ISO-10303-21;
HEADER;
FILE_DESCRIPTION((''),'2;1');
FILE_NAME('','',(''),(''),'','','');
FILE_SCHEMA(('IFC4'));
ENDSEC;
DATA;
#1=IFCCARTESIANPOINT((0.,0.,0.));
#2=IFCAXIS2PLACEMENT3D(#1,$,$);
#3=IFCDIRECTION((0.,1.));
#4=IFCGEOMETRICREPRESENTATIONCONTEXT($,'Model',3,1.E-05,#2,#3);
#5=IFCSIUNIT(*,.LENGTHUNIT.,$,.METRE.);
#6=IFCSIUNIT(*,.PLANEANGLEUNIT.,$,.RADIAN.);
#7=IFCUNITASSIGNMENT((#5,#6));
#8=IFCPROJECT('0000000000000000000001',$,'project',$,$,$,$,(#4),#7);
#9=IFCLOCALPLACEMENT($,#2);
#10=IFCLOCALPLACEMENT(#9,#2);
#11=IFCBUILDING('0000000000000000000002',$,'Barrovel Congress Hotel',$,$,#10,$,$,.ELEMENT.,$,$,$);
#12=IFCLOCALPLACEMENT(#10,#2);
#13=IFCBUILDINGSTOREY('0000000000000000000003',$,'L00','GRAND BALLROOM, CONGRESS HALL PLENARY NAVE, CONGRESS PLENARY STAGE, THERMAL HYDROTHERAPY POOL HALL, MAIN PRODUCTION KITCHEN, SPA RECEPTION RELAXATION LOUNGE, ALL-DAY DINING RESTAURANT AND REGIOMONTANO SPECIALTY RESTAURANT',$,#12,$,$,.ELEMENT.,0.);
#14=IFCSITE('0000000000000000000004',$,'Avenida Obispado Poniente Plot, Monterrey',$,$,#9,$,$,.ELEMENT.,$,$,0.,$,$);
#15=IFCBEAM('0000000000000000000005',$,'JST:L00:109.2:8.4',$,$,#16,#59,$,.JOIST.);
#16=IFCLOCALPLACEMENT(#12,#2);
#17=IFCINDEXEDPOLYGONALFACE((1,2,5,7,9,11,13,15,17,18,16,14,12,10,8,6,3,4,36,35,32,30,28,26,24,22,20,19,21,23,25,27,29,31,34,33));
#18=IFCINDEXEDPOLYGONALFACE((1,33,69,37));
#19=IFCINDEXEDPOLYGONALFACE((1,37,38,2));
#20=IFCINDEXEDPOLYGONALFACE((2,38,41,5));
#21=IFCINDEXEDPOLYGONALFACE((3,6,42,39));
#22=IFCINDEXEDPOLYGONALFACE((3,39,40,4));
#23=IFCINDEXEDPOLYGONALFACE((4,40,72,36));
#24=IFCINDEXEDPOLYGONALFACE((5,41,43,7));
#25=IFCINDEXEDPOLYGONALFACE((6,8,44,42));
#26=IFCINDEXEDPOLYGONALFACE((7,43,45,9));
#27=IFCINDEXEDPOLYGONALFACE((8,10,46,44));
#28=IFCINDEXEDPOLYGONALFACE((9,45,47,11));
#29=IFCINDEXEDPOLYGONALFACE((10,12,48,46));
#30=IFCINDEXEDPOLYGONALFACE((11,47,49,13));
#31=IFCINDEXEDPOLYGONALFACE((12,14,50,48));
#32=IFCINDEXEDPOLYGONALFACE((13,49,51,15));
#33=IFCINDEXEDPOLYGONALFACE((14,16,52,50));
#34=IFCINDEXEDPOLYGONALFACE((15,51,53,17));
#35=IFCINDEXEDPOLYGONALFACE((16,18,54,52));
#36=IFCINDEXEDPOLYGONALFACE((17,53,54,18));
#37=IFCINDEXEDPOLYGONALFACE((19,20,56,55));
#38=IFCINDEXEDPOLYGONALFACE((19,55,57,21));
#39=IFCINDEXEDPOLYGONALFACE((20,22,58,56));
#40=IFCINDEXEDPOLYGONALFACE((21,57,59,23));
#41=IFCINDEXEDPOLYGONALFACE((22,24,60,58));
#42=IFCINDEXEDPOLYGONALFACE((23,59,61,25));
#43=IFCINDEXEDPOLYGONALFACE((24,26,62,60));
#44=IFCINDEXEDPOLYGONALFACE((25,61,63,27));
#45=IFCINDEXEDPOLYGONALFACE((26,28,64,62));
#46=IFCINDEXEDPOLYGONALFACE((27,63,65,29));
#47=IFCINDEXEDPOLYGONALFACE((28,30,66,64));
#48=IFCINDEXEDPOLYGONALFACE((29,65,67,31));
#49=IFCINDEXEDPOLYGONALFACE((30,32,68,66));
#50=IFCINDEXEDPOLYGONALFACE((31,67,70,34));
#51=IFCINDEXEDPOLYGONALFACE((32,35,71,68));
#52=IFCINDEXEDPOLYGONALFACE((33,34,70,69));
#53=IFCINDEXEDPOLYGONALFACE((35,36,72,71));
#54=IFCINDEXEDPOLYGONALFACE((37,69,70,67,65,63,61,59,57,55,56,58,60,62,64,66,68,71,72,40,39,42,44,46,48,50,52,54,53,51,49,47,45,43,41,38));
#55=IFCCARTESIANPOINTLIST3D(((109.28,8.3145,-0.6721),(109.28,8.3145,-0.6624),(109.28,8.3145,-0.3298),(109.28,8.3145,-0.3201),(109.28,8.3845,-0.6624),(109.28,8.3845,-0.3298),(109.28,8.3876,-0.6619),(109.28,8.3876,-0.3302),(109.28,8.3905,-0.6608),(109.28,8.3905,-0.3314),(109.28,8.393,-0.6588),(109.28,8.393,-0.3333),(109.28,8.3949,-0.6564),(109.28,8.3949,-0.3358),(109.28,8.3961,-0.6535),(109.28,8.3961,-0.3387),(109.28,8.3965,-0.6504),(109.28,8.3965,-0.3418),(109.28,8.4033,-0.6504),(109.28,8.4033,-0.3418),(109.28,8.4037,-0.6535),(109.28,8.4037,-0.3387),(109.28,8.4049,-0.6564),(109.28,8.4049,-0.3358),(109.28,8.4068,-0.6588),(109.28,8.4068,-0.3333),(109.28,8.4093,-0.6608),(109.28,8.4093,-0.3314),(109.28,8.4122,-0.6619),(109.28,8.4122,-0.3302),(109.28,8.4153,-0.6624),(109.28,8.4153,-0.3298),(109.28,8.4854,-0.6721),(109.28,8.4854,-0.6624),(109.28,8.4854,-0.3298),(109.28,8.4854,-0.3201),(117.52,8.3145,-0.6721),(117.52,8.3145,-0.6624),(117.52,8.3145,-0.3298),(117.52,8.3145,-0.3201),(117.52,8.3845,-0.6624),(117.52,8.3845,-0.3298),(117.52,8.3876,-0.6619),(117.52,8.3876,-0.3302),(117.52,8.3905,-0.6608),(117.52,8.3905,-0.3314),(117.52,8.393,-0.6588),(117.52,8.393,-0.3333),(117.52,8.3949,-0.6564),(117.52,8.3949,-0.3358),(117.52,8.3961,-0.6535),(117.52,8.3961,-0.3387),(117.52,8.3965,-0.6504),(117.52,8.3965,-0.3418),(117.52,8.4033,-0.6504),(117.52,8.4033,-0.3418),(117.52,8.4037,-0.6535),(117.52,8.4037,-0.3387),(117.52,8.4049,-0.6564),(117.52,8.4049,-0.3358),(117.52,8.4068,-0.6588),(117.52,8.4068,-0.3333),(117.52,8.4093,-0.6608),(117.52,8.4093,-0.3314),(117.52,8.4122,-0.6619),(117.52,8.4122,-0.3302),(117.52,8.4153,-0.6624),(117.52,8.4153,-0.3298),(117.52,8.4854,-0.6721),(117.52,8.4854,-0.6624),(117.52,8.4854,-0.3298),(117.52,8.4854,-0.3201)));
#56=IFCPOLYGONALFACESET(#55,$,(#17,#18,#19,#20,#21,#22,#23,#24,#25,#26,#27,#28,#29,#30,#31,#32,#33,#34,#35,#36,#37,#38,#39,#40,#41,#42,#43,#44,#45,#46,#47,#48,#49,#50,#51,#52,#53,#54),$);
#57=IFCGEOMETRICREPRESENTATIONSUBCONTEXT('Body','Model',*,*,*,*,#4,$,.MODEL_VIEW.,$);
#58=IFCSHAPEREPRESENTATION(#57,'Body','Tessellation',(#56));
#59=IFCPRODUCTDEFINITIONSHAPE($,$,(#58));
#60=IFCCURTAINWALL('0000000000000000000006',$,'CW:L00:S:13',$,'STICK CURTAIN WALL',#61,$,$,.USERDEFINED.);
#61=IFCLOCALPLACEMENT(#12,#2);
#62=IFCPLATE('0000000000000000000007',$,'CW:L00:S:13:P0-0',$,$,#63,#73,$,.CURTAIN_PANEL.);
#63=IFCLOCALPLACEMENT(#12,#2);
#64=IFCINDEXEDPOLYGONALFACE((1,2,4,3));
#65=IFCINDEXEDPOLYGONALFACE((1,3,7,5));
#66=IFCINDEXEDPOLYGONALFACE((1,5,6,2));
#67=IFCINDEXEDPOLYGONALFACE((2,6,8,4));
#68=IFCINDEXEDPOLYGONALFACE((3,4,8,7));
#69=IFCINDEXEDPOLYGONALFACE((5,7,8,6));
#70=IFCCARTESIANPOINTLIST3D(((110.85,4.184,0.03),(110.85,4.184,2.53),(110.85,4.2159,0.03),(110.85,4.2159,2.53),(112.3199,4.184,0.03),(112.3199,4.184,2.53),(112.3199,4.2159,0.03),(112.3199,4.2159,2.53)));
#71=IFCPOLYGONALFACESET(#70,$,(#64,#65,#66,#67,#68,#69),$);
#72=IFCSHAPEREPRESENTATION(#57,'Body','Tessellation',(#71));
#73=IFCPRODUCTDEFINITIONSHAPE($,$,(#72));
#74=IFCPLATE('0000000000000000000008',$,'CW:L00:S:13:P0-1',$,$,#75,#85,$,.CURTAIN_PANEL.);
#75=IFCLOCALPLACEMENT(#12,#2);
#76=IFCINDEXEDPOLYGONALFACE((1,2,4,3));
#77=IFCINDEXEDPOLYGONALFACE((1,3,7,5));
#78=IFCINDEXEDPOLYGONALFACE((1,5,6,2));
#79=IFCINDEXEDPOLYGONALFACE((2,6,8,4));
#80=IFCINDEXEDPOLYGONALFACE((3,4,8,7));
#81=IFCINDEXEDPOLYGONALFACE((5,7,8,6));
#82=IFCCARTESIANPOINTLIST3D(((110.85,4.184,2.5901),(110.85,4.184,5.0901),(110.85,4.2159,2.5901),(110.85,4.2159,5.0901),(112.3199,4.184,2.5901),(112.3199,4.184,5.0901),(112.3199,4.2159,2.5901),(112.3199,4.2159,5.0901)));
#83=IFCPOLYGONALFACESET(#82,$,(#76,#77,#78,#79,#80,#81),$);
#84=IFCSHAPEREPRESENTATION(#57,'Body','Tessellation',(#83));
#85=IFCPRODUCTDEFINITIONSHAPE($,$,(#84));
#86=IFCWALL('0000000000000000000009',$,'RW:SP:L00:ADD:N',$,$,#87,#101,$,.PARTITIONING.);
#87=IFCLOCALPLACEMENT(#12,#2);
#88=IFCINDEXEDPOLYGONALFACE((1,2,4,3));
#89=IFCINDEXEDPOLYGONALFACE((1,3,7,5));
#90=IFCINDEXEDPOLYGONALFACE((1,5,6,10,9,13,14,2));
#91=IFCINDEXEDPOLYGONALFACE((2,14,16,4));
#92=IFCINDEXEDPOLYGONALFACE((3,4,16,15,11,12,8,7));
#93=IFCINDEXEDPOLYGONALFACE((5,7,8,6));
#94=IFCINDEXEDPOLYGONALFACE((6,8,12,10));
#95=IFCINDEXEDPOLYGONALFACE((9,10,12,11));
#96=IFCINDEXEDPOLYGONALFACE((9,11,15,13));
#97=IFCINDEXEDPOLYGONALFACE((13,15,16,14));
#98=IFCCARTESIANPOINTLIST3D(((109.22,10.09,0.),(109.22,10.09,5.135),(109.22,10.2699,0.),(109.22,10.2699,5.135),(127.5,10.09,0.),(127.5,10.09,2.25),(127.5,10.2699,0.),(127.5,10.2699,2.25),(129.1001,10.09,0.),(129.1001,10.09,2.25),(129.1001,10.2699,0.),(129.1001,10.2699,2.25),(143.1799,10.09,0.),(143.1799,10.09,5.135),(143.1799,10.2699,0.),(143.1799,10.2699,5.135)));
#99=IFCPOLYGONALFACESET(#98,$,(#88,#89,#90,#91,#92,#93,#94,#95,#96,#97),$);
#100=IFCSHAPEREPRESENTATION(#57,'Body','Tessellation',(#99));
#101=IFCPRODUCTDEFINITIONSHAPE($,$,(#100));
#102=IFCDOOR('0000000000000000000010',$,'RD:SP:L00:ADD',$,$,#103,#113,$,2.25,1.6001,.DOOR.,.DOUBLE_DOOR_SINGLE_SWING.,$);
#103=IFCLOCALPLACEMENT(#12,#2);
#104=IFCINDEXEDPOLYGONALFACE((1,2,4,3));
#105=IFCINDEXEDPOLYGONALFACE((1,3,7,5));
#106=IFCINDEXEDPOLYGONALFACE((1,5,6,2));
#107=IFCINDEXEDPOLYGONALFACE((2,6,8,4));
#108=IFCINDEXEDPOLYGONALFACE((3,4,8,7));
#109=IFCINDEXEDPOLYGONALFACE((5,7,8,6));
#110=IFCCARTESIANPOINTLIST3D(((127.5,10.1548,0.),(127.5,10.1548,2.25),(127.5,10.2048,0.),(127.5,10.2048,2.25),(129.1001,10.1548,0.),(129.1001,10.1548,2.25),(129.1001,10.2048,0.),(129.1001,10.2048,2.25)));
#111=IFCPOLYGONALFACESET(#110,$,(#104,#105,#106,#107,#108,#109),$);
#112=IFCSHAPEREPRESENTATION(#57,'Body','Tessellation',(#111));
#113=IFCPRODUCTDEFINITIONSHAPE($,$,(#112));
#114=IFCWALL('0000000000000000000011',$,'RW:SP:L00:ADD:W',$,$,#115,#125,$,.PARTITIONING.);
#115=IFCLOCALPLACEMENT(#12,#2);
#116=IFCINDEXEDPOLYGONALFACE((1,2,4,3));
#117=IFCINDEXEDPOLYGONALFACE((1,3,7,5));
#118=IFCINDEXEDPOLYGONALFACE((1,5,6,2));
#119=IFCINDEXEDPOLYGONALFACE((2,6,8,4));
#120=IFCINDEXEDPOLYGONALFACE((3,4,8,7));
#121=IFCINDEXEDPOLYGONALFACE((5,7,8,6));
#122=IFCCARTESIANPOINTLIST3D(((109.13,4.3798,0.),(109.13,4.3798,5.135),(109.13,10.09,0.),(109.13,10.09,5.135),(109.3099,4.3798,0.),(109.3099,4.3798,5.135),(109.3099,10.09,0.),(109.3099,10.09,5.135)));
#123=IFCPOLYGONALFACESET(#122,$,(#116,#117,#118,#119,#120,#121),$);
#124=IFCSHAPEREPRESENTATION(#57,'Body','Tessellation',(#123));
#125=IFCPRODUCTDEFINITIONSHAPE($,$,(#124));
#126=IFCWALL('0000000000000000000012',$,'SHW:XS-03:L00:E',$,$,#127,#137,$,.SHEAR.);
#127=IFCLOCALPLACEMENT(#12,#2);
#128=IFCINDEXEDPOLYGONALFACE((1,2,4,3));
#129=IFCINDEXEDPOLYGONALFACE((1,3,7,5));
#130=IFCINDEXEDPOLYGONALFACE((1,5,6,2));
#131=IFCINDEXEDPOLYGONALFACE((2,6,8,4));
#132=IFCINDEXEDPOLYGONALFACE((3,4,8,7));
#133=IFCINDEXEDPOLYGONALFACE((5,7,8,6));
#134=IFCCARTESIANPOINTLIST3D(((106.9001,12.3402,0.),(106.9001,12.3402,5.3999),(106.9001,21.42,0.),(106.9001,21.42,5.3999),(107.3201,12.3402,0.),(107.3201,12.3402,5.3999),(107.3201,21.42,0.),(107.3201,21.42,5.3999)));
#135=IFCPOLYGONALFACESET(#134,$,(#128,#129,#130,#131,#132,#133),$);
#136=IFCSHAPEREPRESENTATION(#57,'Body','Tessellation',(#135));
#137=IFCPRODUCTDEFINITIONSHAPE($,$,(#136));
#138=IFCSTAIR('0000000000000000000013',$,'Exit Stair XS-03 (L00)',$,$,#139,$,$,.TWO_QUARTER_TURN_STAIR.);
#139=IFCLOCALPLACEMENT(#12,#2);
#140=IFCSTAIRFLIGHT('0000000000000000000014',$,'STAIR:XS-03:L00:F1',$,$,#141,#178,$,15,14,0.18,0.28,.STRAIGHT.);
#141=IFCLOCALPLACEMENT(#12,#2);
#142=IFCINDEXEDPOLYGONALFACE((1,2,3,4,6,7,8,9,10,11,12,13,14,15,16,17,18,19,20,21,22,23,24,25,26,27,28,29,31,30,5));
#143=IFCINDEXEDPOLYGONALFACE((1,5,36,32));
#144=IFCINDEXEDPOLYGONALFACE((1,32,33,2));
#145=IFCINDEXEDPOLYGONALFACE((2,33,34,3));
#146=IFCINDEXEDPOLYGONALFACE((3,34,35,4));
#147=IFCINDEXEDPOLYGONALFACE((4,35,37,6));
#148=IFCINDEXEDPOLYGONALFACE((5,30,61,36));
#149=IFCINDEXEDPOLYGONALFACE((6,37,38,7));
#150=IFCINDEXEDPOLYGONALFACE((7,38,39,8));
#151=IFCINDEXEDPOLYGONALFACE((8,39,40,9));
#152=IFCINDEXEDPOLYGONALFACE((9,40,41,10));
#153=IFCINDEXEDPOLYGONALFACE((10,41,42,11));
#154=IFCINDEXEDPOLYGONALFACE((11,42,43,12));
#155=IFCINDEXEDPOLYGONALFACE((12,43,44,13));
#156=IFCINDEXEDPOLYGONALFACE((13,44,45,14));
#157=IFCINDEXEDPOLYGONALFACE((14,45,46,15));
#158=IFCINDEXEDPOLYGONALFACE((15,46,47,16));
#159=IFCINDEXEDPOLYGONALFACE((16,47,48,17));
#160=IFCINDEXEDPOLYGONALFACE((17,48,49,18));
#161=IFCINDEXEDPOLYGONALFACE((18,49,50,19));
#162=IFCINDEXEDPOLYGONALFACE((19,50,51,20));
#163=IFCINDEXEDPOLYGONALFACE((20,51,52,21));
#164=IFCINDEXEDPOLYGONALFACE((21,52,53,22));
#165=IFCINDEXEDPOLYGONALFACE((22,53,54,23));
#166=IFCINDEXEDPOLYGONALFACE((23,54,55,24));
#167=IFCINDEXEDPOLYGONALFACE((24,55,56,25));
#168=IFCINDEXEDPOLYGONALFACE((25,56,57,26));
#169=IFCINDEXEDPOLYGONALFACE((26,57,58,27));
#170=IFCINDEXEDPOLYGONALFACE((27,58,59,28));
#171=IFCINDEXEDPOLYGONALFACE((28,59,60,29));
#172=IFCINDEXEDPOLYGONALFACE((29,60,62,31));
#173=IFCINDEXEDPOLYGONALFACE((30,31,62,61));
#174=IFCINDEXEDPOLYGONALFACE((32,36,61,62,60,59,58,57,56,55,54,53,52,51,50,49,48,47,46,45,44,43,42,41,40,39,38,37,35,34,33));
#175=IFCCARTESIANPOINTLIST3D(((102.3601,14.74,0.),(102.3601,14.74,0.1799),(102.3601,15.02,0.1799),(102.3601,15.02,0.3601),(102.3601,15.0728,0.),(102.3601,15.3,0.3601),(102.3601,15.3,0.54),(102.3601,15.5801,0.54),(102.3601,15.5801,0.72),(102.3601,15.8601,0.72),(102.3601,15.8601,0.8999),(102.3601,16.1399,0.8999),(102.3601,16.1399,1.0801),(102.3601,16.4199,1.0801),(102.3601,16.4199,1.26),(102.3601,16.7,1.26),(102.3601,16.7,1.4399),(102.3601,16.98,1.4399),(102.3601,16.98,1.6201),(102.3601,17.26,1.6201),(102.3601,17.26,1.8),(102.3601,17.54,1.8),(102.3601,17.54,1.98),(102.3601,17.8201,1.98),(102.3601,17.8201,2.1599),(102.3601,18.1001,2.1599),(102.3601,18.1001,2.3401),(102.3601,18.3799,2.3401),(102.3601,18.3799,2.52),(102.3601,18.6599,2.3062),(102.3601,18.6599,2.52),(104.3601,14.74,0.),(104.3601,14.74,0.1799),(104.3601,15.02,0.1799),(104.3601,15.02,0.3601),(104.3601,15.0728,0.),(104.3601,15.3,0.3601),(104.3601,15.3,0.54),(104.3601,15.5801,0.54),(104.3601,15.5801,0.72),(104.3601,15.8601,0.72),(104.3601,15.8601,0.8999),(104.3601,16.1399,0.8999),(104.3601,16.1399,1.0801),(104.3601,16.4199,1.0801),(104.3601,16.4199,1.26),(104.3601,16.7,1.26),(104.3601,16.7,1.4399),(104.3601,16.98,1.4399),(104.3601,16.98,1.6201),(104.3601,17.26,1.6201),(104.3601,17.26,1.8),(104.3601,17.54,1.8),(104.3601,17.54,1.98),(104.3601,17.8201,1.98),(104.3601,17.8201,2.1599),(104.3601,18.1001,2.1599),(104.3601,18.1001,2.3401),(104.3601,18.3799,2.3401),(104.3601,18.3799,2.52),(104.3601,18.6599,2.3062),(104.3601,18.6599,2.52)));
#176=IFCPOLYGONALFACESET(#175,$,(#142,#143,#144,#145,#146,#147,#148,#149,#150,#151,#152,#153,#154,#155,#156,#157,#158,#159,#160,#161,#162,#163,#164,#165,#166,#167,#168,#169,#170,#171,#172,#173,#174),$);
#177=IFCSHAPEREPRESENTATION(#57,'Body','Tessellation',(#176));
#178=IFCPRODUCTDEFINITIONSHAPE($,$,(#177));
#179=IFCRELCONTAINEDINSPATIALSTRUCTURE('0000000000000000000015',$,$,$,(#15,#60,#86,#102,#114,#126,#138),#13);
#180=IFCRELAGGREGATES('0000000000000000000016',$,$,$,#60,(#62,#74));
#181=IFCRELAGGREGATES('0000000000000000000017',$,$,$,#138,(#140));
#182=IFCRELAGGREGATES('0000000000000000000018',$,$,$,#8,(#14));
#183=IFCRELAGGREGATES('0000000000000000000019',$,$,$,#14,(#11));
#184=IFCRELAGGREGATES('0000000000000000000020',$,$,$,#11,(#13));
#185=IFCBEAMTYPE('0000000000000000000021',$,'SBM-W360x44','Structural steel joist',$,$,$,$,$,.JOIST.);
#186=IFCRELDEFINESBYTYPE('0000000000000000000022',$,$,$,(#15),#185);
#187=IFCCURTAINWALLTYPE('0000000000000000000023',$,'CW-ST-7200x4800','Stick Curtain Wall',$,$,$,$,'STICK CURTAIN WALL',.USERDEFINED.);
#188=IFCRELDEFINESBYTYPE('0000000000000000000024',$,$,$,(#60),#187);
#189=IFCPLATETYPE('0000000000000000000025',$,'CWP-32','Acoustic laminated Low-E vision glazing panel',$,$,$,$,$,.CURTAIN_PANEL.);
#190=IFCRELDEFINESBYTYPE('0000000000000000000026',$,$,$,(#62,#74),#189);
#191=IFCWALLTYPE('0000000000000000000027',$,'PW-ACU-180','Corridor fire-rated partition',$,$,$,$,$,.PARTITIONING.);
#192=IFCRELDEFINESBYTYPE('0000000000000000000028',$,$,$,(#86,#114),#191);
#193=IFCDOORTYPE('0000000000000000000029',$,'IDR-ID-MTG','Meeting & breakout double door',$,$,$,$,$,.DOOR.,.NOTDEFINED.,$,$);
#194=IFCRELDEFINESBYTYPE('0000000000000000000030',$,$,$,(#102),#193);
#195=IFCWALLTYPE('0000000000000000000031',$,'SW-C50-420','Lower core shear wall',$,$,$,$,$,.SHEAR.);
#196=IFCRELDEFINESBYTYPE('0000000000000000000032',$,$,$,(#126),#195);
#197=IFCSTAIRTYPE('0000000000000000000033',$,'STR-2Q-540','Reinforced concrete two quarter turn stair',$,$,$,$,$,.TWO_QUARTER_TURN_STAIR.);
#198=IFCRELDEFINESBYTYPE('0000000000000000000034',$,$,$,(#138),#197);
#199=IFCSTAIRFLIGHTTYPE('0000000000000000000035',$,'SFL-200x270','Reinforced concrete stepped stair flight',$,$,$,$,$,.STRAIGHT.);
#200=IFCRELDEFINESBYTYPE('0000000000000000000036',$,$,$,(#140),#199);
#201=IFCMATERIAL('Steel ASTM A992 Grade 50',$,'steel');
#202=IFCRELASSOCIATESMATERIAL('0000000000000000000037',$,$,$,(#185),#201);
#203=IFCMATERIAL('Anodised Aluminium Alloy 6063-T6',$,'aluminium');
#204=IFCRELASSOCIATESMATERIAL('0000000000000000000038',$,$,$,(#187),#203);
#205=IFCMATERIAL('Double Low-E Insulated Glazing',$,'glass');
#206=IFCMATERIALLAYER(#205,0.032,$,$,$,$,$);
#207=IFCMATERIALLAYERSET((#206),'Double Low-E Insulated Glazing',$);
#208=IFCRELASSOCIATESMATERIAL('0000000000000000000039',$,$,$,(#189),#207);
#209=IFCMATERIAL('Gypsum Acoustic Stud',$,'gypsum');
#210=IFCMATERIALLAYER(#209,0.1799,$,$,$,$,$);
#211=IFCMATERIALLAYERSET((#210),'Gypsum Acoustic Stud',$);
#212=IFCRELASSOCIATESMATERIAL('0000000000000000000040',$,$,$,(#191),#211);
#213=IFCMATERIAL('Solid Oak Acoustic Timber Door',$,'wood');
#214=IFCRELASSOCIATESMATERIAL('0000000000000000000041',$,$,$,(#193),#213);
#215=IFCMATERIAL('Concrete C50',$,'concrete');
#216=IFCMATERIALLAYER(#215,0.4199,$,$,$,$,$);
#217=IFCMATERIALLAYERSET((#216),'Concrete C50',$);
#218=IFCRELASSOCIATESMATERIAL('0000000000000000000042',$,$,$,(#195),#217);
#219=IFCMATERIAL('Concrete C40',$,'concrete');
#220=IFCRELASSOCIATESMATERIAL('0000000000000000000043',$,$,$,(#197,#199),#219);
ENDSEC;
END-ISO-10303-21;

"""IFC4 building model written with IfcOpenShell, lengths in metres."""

from ifc_helpers import new_model, si_unit, direction, frame, frame_2d, origin, origin_2d, place, context, subcontext, project, spatial, polyline, rectangle, i_section, outline, extrude, material, layer, layer_set, material_profile, profile_set, type_object, element, fill, aggregate, save


model = new_model("IFC4")

# Units and contexts
model_context = context("Model", 3, precision=1e-05, world=origin(), true_north=direction((0.0, 1.0)))
body_context = subcontext(model_context, "Body", "Model", "MODEL_VIEW")
ifc_project = project(units=[si_unit("LENGTHUNIT", "METRE"), si_unit("PLANEANGLEUNIT", "RADIAN")], contexts=[model_context])

# Site, building, storey
site_placement = place(None, origin())
site = spatial("IfcSite", under=ifc_project, at=site_placement, Name="Avenida Obispado Poniente Plot, Monterrey", CompositionType="ELEMENT", RefElevation=0.0)
building_placement = place(site_placement, origin())
building = spatial("IfcBuilding", under=site, at=building_placement, Name="Barrovel Congress Hotel", CompositionType="ELEMENT")
storey_placement = place(building_placement, origin())
storey = spatial("IfcBuildingStorey", under=building, at=storey_placement, Name="L00", Description="GRAND BALLROOM, CONGRESS HALL PLENARY NAVE, CONGRESS PLENARY STAGE, THERMAL HYDROTHERAPY POOL HALL, MAIN PRODUCTION KITCHEN, SPA RECEPTION RELAXATION LOUNGE, ALL-DAY DINING RESTAURANT AND REGIOMONTANO SPECIALTY RESTAURANT", CompositionType="ELEMENT", Elevation=0.0)

# Shared definitions
ifc_material_1 = material(Name="Concrete C40", Category="concrete")

# Beam
ifc_material_2 = material(Name="Steel ASTM A992 Grade 50", Category="steel")
ifc_material_profile_1 = material_profile(ifc_material_2, i_section(OverallWidth=0.1709, OverallDepth=0.3521, WebThickness=0.0068, FlangeThickness=0.0098, FilletRadius=0.012, at=origin_2d()), Name="W360x44")
ifc_profile_set_1 = profile_set([ifc_material_profile_1], Name="Steel ASTM A992 Grade 50")
beam_type_1 = type_object("IfcBeamType", Name="SBM-W360x44", Description="Structural steel joist", PredefinedType="JOIST", material=ifc_profile_set_1)
beam_1_placement = place(storey_placement, frame((109.28, 8.3999, -0.4961), z_axis=(1.0, 0.0, 0.0), x_axis=(0.0, 1.0, 0.0)))
element("IfcBeam", 1, at=beam_1_placement, inside=storey, type_object=beam_type_1, Name="JST:L00:109.2:8.4", PredefinedType="JOIST", context=body_context, shape_type="SweptSolid", body=[
    extrude(i_section(OverallWidth=0.1709, OverallDepth=0.3521, WebThickness=0.0068, FlangeThickness=0.0098, FilletRadius=0.012, at=origin_2d()), origin(), (0.0, 0.0, 1.0), 8.24),
])

# Curtain wall, plates
ifc_material_3 = material(Name="Anodised Aluminium Alloy 6063-T6", Category="aluminium")
curtain_wall_type = type_object("IfcCurtainWallType", Name="CW-ST-7200x4800", Description="Stick Curtain Wall", ElementType="STICK CURTAIN WALL", PredefinedType="USERDEFINED", material=ifc_material_3)
curtain_wall_placement = place(storey_placement, origin())
curtain_wall = element("IfcCurtainWall", 2, at=curtain_wall_placement, inside=storey, type_object=curtain_wall_type, Name="CW:L00:S:13", ObjectType="STICK CURTAIN WALL", PredefinedType="USERDEFINED")
ifc_material_4 = material(Name="Double Low-E Insulated Glazing", Category="glass")
ifc_layer_1 = layer(ifc_material_4, 0.032)
ifc_layer_set_1 = layer_set([ifc_layer_1], Name="Double Low-E Insulated Glazing")
plate_type = type_object("IfcPlateType", Name="CWP-32", Description="Acoustic laminated Low-E vision glazing panel", PredefinedType="CURTAIN_PANEL", material=ifc_layer_set_1)
plate_1_placement = place(storey_placement, frame((111.585, 4.2, 0.03), z_axis=(0.0, 0.0, 1.0), x_axis=(1.0, 0.0, 0.0)))
plate_1 = element("IfcPlate", 3, at=plate_1_placement, type_object=plate_type, Name="CW:L00:S:13:P0-0", PredefinedType="CURTAIN_PANEL", context=body_context, shape_type="SweptSolid", body=[
    extrude(rectangle(XDim=1.47, YDim=0.032, at=origin_2d()), origin(), (0.0, 0.0, 1.0), 2.5),
])
plate_2_placement = place(storey_placement, frame((111.585, 4.2, 2.5901), z_axis=(0.0, 0.0, 1.0), x_axis=(1.0, 0.0, 0.0)))
plate_2 = element("IfcPlate", 4, at=plate_2_placement, type_object=plate_type, Name="CW:L00:S:13:P0-1", PredefinedType="CURTAIN_PANEL", context=body_context, shape_type="SweptSolid", body=[
    extrude(rectangle(XDim=1.47, YDim=0.032, at=origin_2d()), origin(), (0.0, 0.0, 1.0), 2.5),
])
aggregate(curtain_wall, [plate_1, plate_2])

# Wall, opening, door
ifc_material_5 = material(Name="Gypsum Acoustic Stud", Category="gypsum")
ifc_layer_2 = layer(ifc_material_5, 0.1799)
ifc_layer_set_2 = layer_set([ifc_layer_2], Name="Gypsum Acoustic Stud")
wall_type_1 = type_object("IfcWallType", Name="PW-ACU-180", Description="Corridor fire-rated partition", PredefinedType="PARTITIONING", material=ifc_layer_set_2)
wall_1_placement = place(storey_placement, frame((109.22, 10.1799, 0.0), z_axis=(0.0, 0.0, 1.0), x_axis=(1.0, 0.0, 0.0)))
wall_1 = element("IfcWall", 5, at=wall_1_placement, inside=storey, type_object=wall_type_1, Name="RW:SP:L00:ADD:N", PredefinedType="PARTITIONING", context=body_context, shape_type="SweptSolid", body=[
    extrude(rectangle(XDim=33.96, YDim=0.1799, at=frame_2d((16.98, 0.0))), origin(), (0.0, 0.0, 1.0), 5.135),
])
opening_1_placement = place(wall_1_placement, frame((18.28, 0.0, 0.0)))
opening_1 = element("IfcOpeningElement", 6, at=opening_1_placement, cuts=wall_1, PredefinedType="OPENING", context=body_context, shape_type="SweptSolid", body=[
    extrude(rectangle(XDim=1.6001, YDim=2.25, at=frame_2d((0.8, 1.125))), frame((0.0, 0.1001, 0.0), z_axis=(0.0, -1.0, 0.0), x_axis=(1.0, 0.0, 0.0)), (0.0, 0.0, 1.0), 0.2),
])
ifc_material_6 = material(Name="Solid Oak Acoustic Timber Door", Category="wood")
door_type_1 = type_object("IfcDoorType", Name="IDR-ID-MTG", Description="Meeting & breakout double door", OperationType="NOTDEFINED", PredefinedType="DOOR", material=ifc_material_6)
door_1_placement = place(opening_1_placement, origin())
door_1 = element("IfcDoor", 7, at=door_1_placement, inside=storey, type_object=door_type_1, Name="RD:SP:L00:ADD", OperationType="DOUBLE_DOOR_SINGLE_SWING", OverallHeight=2.25, OverallWidth=1.6001, PredefinedType="DOOR", context=body_context, shape_type="SweptSolid", body=[
    extrude(rectangle(XDim=1.6001, YDim=2.25, at=frame_2d((0.8, 1.125))), frame((0.0, 0.0249, 0.0), z_axis=(0.0, -1.0, 0.0), x_axis=(1.0, 0.0, 0.0)), (0.0, 0.0, 1.0), 0.05),
])
fill(opening_1, door_1)

# Wall
wall_2_placement = place(storey_placement, frame((109.22, 4.3799, 0.0), z_axis=(0.0, 0.0, 1.0), x_axis=(0.0, 1.0, 0.0)))
element("IfcWall", 8, at=wall_2_placement, inside=storey, type_object=wall_type_1, Name="RW:SP:L00:ADD:W", PredefinedType="PARTITIONING", context=body_context, shape_type="SweptSolid", body=[
    extrude(rectangle(XDim=5.7102, YDim=0.1799, at=frame_2d((2.855, 0.0))), origin(), (0.0, 0.0, 1.0), 5.135),
])

# Shared definitions
ifc_material_7 = material(Name="Concrete C50", Category="concrete")
ifc_layer_3 = layer(ifc_material_7, 0.4199)
ifc_layer_set_3 = layer_set([ifc_layer_3], Name="Concrete C50")
wall_type_2 = type_object("IfcWallType", Name="SW-C50-420", Description="Lower core shear wall", PredefinedType="SHEAR", material=ifc_layer_set_3)

# Wall
wall_3_placement = place(storey_placement, frame((107.1101, 12.3401, 0.0), z_axis=(0.0, 0.0, 1.0), x_axis=(0.0, 1.0, 0.0)))
element("IfcWall", 9, at=wall_3_placement, inside=storey, type_object=wall_type_2, Name="SHW:XS-03:L00:E", PredefinedType="SHEAR", context=body_context, shape_type="SweptSolid", body=[
    extrude(rectangle(XDim=9.0798, YDim=0.4199, at=frame_2d((4.54, 0.0))), origin(), (0.0, 0.0, 1.0), 5.3999),
])

# Stair, stair flight
stair_type = type_object("IfcStairType", Name="STR-2Q-540", Description="Reinforced concrete two quarter turn stair", PredefinedType="TWO_QUARTER_TURN_STAIR", material=ifc_material_1)
stair_placement = place(storey_placement, origin())
stair = element("IfcStair", 10, at=stair_placement, inside=storey, type_object=stair_type, Name="Exit Stair XS-03 (L00)", PredefinedType="TWO_QUARTER_TURN_STAIR")
stair_flight_type = type_object("IfcStairFlightType", Name="SFL-200x270", Description="Reinforced concrete stepped stair flight", PredefinedType="STRAIGHT", material=ifc_material_1)
stair_flight_placement = place(storey_placement, frame((103.3601, 14.74, 0.0), z_axis=(0.0, 0.0, 1.0), x_axis=(0.0, 1.0, 0.0)))
stair_flight = element("IfcStairFlight", 11, at=stair_flight_placement, type_object=stair_flight_type, Name="STAIR:XS-03:L00:F1", NumberOfRisers=15, NumberOfTreads=14, PredefinedType="STRAIGHT", RiserHeight=0.18, TreadLength=0.28, context=body_context, shape_type="SweptSolid", body=[
    extrude(outline(polyline([(0.0, 0.0), (0.0, 0.1799), (0.28, 0.1799), (0.28, 0.3601), (0.5601, 0.3601), (0.5601, 0.54), (0.8401, 0.54), (0.8401, 0.72), (1.1201, 0.72), (1.1201, 0.8999), (1.3999, 0.8999), (1.3999, 1.0801), (1.6799, 1.0801), (1.6799, 1.26), (1.96, 1.26), (1.96, 1.4399), (2.24, 1.4399), (2.24, 1.6201), (2.52, 1.6201), (2.52, 1.8), (2.8, 1.8), (2.8, 1.98), (3.0801, 1.98), (3.0801, 2.1599), (3.3601, 2.1599), (3.3601, 2.3401), (3.6399, 2.3401), (3.6399, 2.52), (3.9199, 2.52), (3.9199, 2.7), (3.9199, 2.3062), (0.3328, 0.0), (0.0, 0.0)])), frame((0.0, 1.0, 0.0), z_axis=(0.0, -1.0, 0.0), x_axis=(1.0, 0.0, 0.0)), (0.0, 0.0, 1.0), 2.0),
])
aggregate(stair, [stair_flight])

save(model, "model.ifc")
